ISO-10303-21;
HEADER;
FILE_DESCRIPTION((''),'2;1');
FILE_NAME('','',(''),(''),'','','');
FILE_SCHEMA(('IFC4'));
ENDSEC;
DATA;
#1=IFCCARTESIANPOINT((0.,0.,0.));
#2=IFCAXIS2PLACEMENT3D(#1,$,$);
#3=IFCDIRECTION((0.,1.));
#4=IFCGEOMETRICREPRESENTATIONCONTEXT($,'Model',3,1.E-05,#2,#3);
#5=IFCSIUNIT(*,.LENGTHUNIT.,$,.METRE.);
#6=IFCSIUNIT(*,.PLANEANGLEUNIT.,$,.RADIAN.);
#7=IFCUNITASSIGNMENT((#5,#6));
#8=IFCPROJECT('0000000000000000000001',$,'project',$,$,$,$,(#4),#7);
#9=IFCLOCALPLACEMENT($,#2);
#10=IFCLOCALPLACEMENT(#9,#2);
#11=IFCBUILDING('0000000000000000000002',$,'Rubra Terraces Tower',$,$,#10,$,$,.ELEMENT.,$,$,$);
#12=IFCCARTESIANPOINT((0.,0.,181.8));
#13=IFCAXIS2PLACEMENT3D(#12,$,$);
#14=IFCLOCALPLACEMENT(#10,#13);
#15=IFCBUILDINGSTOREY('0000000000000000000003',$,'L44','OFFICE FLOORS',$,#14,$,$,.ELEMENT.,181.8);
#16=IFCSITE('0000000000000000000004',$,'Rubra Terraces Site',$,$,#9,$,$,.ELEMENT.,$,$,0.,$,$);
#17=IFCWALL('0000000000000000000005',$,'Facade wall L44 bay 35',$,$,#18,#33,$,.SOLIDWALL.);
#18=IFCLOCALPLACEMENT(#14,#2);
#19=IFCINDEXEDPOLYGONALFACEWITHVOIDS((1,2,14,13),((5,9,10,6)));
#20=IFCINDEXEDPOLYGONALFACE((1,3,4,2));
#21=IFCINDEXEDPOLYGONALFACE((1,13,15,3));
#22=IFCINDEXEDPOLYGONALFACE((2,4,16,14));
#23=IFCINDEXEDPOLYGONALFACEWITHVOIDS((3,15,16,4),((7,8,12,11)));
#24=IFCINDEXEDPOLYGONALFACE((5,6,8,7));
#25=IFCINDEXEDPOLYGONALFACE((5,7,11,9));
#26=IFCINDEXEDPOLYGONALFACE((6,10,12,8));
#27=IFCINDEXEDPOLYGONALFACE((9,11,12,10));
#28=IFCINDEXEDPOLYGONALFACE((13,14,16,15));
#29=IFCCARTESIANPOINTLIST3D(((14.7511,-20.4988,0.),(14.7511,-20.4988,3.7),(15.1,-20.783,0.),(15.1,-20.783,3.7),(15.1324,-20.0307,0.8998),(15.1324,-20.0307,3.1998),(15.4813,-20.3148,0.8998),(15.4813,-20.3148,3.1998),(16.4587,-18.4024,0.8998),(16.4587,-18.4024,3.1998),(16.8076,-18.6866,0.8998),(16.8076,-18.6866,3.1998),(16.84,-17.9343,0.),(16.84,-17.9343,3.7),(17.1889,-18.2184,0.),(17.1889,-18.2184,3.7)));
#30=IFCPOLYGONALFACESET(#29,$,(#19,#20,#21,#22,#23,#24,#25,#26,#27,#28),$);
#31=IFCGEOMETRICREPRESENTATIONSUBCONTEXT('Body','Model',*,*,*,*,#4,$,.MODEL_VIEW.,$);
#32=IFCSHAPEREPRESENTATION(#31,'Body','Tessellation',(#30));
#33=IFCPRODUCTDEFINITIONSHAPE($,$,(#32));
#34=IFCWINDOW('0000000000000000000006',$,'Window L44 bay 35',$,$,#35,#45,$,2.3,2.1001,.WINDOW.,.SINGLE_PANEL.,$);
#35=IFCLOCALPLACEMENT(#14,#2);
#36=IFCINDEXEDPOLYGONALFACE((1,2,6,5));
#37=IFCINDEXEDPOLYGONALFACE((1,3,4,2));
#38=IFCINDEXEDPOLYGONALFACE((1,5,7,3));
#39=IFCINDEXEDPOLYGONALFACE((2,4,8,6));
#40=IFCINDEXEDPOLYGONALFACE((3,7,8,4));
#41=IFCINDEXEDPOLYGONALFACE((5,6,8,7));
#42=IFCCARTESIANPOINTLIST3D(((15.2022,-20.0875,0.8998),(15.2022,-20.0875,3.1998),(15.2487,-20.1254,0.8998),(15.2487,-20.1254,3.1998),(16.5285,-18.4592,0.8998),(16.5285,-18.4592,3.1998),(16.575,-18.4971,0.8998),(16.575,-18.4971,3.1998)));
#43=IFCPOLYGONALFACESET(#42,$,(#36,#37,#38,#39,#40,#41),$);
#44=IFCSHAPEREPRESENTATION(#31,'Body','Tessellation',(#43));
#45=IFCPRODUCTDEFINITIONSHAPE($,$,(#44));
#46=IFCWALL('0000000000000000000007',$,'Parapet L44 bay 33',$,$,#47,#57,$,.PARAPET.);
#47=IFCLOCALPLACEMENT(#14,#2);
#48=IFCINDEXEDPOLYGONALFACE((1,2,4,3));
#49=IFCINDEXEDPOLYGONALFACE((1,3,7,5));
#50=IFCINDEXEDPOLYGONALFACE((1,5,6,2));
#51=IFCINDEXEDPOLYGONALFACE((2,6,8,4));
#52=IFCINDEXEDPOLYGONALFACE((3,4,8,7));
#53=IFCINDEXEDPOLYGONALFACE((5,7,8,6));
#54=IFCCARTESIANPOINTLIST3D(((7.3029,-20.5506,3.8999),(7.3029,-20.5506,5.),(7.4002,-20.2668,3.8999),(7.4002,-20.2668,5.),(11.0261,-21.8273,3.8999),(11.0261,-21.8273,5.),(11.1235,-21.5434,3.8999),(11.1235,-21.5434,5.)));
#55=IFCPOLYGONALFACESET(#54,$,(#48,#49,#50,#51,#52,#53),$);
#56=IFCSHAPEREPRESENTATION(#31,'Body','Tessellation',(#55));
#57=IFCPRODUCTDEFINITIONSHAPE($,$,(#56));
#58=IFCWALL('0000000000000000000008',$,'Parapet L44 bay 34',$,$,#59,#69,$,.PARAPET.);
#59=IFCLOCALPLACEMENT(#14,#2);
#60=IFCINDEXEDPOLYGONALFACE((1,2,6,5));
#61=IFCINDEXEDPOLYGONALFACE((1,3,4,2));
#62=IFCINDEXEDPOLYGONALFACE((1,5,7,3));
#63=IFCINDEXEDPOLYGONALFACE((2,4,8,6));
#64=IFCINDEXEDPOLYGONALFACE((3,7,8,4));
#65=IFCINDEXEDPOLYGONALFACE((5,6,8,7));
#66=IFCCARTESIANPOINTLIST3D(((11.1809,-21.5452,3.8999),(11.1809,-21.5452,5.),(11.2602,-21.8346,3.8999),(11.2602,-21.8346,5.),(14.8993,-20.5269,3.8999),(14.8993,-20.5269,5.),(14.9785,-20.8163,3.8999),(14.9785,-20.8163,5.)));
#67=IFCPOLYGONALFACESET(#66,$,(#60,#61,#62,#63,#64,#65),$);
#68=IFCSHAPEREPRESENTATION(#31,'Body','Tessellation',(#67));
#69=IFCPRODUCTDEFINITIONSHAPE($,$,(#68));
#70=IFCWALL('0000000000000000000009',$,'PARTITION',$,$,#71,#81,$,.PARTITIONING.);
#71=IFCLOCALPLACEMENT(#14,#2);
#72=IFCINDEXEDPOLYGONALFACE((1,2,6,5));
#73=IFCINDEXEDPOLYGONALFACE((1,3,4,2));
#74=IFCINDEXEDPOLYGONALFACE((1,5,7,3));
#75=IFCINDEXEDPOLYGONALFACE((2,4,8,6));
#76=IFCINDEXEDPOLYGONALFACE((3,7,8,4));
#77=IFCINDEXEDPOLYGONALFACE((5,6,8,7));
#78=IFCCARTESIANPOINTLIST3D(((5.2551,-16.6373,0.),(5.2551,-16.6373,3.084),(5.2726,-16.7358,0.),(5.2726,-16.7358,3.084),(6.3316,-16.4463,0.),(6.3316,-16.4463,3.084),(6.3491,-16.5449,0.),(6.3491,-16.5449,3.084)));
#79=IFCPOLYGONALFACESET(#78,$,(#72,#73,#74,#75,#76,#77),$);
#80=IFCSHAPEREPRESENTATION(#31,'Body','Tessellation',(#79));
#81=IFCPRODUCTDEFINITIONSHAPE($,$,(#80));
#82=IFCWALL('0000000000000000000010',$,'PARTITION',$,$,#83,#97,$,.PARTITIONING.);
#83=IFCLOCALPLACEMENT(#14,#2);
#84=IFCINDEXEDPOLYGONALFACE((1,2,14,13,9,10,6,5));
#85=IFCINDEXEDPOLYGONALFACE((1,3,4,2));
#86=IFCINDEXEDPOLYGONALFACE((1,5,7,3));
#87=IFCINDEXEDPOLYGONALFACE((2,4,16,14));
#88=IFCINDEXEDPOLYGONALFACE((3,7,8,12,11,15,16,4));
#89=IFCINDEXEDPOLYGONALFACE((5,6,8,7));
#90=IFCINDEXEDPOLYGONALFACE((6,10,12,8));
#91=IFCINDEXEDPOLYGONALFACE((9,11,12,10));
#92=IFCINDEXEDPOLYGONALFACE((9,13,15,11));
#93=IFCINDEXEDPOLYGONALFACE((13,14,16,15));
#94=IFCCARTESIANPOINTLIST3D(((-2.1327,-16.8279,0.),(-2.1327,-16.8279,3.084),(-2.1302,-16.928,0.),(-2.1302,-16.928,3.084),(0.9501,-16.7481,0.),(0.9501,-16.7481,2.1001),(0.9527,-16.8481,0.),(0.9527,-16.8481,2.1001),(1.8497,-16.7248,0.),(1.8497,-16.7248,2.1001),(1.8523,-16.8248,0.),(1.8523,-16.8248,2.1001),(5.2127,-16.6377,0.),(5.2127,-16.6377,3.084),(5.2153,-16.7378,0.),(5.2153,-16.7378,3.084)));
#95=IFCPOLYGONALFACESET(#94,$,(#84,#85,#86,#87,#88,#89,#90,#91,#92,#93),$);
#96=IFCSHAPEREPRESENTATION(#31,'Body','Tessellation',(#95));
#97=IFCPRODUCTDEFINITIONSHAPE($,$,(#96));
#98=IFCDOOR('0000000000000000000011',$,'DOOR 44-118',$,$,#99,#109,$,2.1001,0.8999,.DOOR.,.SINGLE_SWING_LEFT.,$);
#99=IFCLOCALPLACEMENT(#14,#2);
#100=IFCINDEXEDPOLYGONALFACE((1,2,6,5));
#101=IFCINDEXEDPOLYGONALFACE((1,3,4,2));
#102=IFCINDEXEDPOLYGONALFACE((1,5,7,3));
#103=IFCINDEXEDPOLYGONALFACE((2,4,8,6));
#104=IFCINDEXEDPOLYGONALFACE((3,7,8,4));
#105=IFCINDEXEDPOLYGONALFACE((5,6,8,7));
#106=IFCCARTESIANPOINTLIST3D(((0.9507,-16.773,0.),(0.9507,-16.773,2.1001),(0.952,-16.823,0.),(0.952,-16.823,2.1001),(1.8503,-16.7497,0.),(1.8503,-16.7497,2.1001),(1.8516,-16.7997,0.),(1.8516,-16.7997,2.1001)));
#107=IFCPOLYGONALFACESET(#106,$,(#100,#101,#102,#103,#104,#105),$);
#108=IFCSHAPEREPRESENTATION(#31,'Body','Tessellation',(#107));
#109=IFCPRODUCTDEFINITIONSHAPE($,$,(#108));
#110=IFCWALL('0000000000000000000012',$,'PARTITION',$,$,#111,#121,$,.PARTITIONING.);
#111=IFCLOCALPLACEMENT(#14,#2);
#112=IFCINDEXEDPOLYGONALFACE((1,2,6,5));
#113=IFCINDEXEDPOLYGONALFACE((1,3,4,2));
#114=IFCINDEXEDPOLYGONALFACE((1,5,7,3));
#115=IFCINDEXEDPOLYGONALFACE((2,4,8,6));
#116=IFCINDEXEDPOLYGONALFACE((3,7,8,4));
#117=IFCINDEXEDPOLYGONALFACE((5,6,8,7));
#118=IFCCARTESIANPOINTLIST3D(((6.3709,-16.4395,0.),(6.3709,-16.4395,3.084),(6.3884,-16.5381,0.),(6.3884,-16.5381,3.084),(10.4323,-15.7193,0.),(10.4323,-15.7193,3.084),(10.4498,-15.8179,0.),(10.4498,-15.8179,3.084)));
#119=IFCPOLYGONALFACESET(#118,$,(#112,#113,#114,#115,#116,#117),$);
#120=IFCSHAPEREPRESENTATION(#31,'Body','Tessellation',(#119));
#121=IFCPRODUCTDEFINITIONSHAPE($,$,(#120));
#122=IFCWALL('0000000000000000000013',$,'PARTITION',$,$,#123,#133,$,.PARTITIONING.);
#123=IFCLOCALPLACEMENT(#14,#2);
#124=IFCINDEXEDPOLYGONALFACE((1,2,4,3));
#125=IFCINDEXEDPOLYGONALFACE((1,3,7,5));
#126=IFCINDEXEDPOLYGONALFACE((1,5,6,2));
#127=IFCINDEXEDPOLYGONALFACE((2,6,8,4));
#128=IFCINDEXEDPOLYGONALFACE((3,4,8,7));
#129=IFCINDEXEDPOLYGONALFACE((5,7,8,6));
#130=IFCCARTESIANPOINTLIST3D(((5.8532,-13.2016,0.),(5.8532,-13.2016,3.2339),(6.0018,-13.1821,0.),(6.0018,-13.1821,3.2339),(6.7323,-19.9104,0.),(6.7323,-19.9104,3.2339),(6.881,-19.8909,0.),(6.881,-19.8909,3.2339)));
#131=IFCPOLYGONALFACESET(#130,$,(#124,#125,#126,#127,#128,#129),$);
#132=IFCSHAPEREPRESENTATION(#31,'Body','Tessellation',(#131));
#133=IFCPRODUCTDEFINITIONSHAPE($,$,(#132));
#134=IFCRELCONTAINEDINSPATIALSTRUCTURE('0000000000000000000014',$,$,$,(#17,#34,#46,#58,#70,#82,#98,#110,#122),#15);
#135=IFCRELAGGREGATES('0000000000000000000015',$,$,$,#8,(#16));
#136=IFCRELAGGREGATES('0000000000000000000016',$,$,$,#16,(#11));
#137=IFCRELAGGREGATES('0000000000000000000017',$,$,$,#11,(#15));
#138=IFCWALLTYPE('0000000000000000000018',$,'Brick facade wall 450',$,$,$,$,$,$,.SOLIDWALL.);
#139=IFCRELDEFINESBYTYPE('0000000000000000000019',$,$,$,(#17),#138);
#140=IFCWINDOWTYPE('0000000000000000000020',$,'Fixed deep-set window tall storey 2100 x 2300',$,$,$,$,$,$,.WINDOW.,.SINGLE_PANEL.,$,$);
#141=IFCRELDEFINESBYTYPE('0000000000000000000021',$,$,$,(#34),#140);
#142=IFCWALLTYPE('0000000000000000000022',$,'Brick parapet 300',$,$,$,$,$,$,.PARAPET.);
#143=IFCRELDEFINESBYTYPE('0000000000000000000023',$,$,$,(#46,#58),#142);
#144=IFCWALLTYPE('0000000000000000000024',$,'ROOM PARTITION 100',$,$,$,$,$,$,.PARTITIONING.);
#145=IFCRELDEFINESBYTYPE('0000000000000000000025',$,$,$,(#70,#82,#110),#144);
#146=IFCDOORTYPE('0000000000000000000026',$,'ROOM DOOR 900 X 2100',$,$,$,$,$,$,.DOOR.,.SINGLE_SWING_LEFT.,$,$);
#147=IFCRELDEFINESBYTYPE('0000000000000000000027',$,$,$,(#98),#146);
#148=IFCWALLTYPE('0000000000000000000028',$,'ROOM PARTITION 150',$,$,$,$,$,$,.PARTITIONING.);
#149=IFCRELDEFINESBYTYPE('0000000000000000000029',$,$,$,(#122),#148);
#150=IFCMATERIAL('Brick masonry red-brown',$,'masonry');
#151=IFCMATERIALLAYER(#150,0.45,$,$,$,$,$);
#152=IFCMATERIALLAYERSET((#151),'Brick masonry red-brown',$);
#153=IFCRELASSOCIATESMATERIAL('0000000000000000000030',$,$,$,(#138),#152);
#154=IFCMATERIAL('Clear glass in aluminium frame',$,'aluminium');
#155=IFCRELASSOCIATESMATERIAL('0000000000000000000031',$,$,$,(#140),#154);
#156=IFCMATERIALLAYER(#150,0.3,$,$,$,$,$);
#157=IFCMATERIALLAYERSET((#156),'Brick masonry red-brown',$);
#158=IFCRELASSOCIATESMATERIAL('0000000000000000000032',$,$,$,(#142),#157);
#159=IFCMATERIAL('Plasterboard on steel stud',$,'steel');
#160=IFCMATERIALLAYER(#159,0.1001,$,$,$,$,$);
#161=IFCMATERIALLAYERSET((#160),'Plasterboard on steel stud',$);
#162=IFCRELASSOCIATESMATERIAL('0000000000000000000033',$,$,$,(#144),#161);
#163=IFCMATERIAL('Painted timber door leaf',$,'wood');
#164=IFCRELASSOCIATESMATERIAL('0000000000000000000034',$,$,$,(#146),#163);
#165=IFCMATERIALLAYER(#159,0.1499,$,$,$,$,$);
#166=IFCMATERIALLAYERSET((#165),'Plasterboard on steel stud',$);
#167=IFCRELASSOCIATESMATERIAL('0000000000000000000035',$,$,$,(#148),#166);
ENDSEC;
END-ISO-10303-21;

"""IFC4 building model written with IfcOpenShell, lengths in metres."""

from ifc_helpers import new_model, si_unit, direction, frame, frame_2d, origin, place, context, subcontext, project, spatial, rectangle, extrude, material, layer, layer_set, type_object, element, fill, save


model = new_model("IFC4")

# Units and contexts
model_context = context("Model", 3, precision=1e-05, world=origin(), true_north=direction((0.0, 1.0)))
body_context = subcontext(model_context, "Body", "Model", "MODEL_VIEW")
ifc_project = project(units=[si_unit("LENGTHUNIT", "METRE"), si_unit("PLANEANGLEUNIT", "RADIAN")], contexts=[model_context])

# Site, building, storey
site_placement = place(None, origin())
site = spatial("IfcSite", under=ifc_project, at=site_placement, Name="Rubra Terraces Site", CompositionType="ELEMENT", RefElevation=0.0)
building_placement = place(site_placement, origin())
building = spatial("IfcBuilding", under=site, at=building_placement, Name="Rubra Terraces Tower", CompositionType="ELEMENT")
storey_placement = place(building_placement, frame((0.0, 0.0, 181.8)))
storey = spatial("IfcBuildingStorey", under=building, at=storey_placement, Name="L44", Description="OFFICE FLOORS", CompositionType="ELEMENT", Elevation=181.8)

# Wall, opening, window
ifc_material_1 = material(Name="Brick masonry red-brown", Category="masonry")
ifc_layer_1 = layer(ifc_material_1, 0.45)
ifc_layer_set_1 = layer_set([ifc_layer_1], Name="Brick masonry red-brown")
wall_type_1 = type_object("IfcWallType", Name="Brick facade wall 450", PredefinedType="SOLIDWALL", material=ifc_layer_set_1)
ifc_material_2 = material(Name="Clear glass in aluminium frame", Category="aluminium")
window_type = type_object("IfcWindowType", Name="Fixed deep-set window tall storey 2100 x 2300", PartitioningType="SINGLE_PANEL", PredefinedType="WINDOW", material=ifc_material_2)
wall_1_placement = place(storey_placement, frame((14.9255, -20.6409, 0.0), z_axis=(0.0, 0.0, 1.0), x_axis=(0.631548, 0.775337, 0.0)))
wall_1 = element("IfcWall", 1, at=wall_1_placement, inside=storey, type_object=wall_type_1, Name="Facade wall L44 bay 35", PredefinedType="SOLIDWALL", context=body_context, shape_type="SweptSolid", body=[
    extrude(rectangle(XDim=3.3076, YDim=0.45, at=frame_2d((1.6538, 0.0))), origin(), (0.0, 0.0, 1.0), 3.7),
])
opening_1_placement = place(wall_1_placement, frame((0.6038, 0.0, 0.8999)))
opening_1 = element("IfcOpeningElement", 2, at=opening_1_placement, cuts=wall_1, PredefinedType="OPENING", context=body_context, shape_type="SweptSolid", body=[
    extrude(rectangle(XDim=2.1001, YDim=2.3, at=frame_2d((1.05, 1.1499))), frame((0.0, 0.2349, 0.0), z_axis=(0.0, -1.0, 0.0), x_axis=(1.0, 0.0, 0.0)), (0.0, 0.0, 1.0), 0.47),
])
window_1_placement = place(opening_1_placement, origin())
window_1 = element("IfcWindow", 3, at=window_1_placement, inside=storey, type_object=window_type, Name="Window L44 bay 35", OverallHeight=2.3, OverallWidth=2.1001, PartitioningType="SINGLE_PANEL", PredefinedType="WINDOW", context=body_context, shape_type="SweptSolid", body=[
    extrude(rectangle(XDim=2.1001, YDim=2.3, at=frame_2d((1.05, 1.1499))), frame((0.0, 0.135, 0.0), z_axis=(0.0, -1.0, 0.0), x_axis=(1.0, 0.0, 0.0)), (0.0, 0.0, 1.0), 0.0601),
])
fill(opening_1, window_1)

# Walls
ifc_layer_2 = layer(ifc_material_1, 0.3)
ifc_layer_set_2 = layer_set([ifc_layer_2], Name="Brick masonry red-brown")
wall_type_2 = type_object("IfcWallType", Name="Brick parapet 300", PredefinedType="PARAPET", material=ifc_layer_set_2)
wall_2_placement = place(storey_placement, frame((7.3516, -20.4087, 3.8999), z_axis=(0.0, 0.0, 1.0), x_axis=(0.945938, -0.324348, 0.0)))
element("IfcWall", 4, at=wall_2_placement, inside=storey, type_object=wall_type_2, Name="Parapet L44 bay 33", PredefinedType="PARAPET", context=body_context, shape_type="SweptSolid", body=[
    extrude(rectangle(XDim=3.936, YDim=0.3, at=frame_2d((1.968, 0.0))), origin(), (0.0, 0.0, 1.0), 1.1001),
])
wall_3_placement = place(storey_placement, frame((11.2205, -21.6899, 3.8999), z_axis=(0.0, 0.0, 1.0), x_axis=(0.964484, 0.264141, 0.0)))
element("IfcWall", 5, at=wall_3_placement, inside=storey, type_object=wall_type_2, Name="Parapet L44 bay 34", PredefinedType="PARAPET", context=body_context, shape_type="SweptSolid", body=[
    extrude(rectangle(XDim=3.8552, YDim=0.3, at=frame_2d((1.9277, 0.0))), origin(), (0.0, 0.0, 1.0), 1.1001),
])
ifc_material_3 = material(Name="Plasterboard on steel stud", Category="steel")
ifc_layer_3 = layer(ifc_material_3, 0.1001)
ifc_layer_set_3 = layer_set([ifc_layer_3], Name="Plasterboard on steel stud")
wall_type_3 = type_object("IfcWallType", Name="ROOM PARTITION 100", PredefinedType="PARTITIONING", material=ifc_layer_set_3)
wall_4_placement = place(storey_placement, frame((6.3403, -16.4956, 0.0), z_axis=(0.0, 0.0, 1.0), x_axis=(-0.984633, -0.174639, 0.0)))
element("IfcWall", 6, at=wall_4_placement, inside=storey, type_object=wall_type_3, Name="PARTITION", PredefinedType="PARTITIONING", context=body_context, shape_type="SweptSolid", body=[
    extrude(rectangle(XDim=1.0933, YDim=0.1001, at=frame_2d((0.5466, 0.0))), origin(), (0.0, 0.0, 1.0), 3.084),
])

# Wall, opening, door
wall_5_placement = place(storey_placement, frame((5.2139, -16.6877, 0.0), z_axis=(0.0, 0.0, 1.0), x_axis=(-0.999665, -0.025883, 0.0)))
wall_5 = element("IfcWall", 7, at=wall_5_placement, inside=storey, type_object=wall_type_3, Name="PARTITION", PredefinedType="PARTITIONING", context=body_context, shape_type="SweptSolid", body=[
    extrude(rectangle(XDim=7.3479, YDim=0.1001, at=frame_2d((3.6738, 0.0))), origin(), (0.0, 0.0, 1.0), 3.084),
])
opening_2_placement = place(wall_5_placement, frame((3.364, 0.0, 0.0)))
opening_2 = element("IfcOpeningElement", 8, at=opening_2_placement, cuts=wall_5, PredefinedType="OPENING", context=body_context, shape_type="SweptSolid", body=[
    extrude(rectangle(XDim=0.8999, YDim=2.1001, at=frame_2d((0.45, 1.05))), frame((0.0, 0.0601, 0.0), z_axis=(0.0, -1.0, 0.0), x_axis=(1.0, 0.0, 0.0)), (0.0, 0.0, 1.0), 0.1201),
])
ifc_material_4 = material(Name="Painted timber door leaf", Category="wood")
door_type = type_object("IfcDoorType", Name="ROOM DOOR 900 X 2100", OperationType="SINGLE_SWING_LEFT", PredefinedType="DOOR", material=ifc_material_4)
door_placement = place(opening_2_placement, origin())
door = element("IfcDoor", 9, at=door_placement, inside=storey, type_object=door_type, Name="DOOR 44-118", OperationType="SINGLE_SWING_LEFT", OverallHeight=2.1001, OverallWidth=0.8999, PredefinedType="DOOR", context=body_context, shape_type="SweptSolid", body=[
    extrude(rectangle(XDim=0.8999, YDim=2.1001, at=frame_2d((0.45, 1.05))), frame((0.0, 0.0249, 0.0), z_axis=(0.0, -1.0, 0.0), x_axis=(1.0, 0.0, 0.0)), (0.0, 0.0, 1.0), 0.05),
])
fill(opening_2, door)

# Walls
wall_6_placement = place(storey_placement, frame((10.4412, -15.7686, 0.0), z_axis=(0.0, 0.0, 1.0), x_axis=(-0.984637, -0.174613, 0.0)))
element("IfcWall", 10, at=wall_6_placement, inside=storey, type_object=wall_type_3, Name="PARTITION", PredefinedType="PARTITIONING", context=body_context, shape_type="SweptSolid", body=[
    extrude(rectangle(XDim=4.1248, YDim=0.1001, at=frame_2d((2.0625, 0.0))), origin(), (0.0, 0.0, 1.0), 3.084),
])
ifc_layer_4 = layer(ifc_material_3, 0.1499)
ifc_layer_set_4 = layer_set([ifc_layer_4], Name="Plasterboard on steel stud")
wall_type_4 = type_object("IfcWallType", Name="ROOM PARTITION 150", PredefinedType="PARTITIONING", material=ifc_layer_set_4)
wall_7_placement = place(storey_placement, frame((6.8066, -19.9006, 0.0), z_axis=(0.0, 0.0, 1.0), x_axis=(-0.129935, 0.991523, 0.0)))
element("IfcWall", 11, at=wall_7_placement, inside=storey, type_object=wall_type_4, Name="PARTITION", PredefinedType="PARTITIONING", context=body_context, shape_type="SweptSolid", body=[
    extrude(rectangle(XDim=6.7661, YDim=0.1499, at=frame_2d((3.3831, 0.0))), origin(), (0.0, 0.0, 1.0), 3.2339),
])

save(model, "model.ifc")
